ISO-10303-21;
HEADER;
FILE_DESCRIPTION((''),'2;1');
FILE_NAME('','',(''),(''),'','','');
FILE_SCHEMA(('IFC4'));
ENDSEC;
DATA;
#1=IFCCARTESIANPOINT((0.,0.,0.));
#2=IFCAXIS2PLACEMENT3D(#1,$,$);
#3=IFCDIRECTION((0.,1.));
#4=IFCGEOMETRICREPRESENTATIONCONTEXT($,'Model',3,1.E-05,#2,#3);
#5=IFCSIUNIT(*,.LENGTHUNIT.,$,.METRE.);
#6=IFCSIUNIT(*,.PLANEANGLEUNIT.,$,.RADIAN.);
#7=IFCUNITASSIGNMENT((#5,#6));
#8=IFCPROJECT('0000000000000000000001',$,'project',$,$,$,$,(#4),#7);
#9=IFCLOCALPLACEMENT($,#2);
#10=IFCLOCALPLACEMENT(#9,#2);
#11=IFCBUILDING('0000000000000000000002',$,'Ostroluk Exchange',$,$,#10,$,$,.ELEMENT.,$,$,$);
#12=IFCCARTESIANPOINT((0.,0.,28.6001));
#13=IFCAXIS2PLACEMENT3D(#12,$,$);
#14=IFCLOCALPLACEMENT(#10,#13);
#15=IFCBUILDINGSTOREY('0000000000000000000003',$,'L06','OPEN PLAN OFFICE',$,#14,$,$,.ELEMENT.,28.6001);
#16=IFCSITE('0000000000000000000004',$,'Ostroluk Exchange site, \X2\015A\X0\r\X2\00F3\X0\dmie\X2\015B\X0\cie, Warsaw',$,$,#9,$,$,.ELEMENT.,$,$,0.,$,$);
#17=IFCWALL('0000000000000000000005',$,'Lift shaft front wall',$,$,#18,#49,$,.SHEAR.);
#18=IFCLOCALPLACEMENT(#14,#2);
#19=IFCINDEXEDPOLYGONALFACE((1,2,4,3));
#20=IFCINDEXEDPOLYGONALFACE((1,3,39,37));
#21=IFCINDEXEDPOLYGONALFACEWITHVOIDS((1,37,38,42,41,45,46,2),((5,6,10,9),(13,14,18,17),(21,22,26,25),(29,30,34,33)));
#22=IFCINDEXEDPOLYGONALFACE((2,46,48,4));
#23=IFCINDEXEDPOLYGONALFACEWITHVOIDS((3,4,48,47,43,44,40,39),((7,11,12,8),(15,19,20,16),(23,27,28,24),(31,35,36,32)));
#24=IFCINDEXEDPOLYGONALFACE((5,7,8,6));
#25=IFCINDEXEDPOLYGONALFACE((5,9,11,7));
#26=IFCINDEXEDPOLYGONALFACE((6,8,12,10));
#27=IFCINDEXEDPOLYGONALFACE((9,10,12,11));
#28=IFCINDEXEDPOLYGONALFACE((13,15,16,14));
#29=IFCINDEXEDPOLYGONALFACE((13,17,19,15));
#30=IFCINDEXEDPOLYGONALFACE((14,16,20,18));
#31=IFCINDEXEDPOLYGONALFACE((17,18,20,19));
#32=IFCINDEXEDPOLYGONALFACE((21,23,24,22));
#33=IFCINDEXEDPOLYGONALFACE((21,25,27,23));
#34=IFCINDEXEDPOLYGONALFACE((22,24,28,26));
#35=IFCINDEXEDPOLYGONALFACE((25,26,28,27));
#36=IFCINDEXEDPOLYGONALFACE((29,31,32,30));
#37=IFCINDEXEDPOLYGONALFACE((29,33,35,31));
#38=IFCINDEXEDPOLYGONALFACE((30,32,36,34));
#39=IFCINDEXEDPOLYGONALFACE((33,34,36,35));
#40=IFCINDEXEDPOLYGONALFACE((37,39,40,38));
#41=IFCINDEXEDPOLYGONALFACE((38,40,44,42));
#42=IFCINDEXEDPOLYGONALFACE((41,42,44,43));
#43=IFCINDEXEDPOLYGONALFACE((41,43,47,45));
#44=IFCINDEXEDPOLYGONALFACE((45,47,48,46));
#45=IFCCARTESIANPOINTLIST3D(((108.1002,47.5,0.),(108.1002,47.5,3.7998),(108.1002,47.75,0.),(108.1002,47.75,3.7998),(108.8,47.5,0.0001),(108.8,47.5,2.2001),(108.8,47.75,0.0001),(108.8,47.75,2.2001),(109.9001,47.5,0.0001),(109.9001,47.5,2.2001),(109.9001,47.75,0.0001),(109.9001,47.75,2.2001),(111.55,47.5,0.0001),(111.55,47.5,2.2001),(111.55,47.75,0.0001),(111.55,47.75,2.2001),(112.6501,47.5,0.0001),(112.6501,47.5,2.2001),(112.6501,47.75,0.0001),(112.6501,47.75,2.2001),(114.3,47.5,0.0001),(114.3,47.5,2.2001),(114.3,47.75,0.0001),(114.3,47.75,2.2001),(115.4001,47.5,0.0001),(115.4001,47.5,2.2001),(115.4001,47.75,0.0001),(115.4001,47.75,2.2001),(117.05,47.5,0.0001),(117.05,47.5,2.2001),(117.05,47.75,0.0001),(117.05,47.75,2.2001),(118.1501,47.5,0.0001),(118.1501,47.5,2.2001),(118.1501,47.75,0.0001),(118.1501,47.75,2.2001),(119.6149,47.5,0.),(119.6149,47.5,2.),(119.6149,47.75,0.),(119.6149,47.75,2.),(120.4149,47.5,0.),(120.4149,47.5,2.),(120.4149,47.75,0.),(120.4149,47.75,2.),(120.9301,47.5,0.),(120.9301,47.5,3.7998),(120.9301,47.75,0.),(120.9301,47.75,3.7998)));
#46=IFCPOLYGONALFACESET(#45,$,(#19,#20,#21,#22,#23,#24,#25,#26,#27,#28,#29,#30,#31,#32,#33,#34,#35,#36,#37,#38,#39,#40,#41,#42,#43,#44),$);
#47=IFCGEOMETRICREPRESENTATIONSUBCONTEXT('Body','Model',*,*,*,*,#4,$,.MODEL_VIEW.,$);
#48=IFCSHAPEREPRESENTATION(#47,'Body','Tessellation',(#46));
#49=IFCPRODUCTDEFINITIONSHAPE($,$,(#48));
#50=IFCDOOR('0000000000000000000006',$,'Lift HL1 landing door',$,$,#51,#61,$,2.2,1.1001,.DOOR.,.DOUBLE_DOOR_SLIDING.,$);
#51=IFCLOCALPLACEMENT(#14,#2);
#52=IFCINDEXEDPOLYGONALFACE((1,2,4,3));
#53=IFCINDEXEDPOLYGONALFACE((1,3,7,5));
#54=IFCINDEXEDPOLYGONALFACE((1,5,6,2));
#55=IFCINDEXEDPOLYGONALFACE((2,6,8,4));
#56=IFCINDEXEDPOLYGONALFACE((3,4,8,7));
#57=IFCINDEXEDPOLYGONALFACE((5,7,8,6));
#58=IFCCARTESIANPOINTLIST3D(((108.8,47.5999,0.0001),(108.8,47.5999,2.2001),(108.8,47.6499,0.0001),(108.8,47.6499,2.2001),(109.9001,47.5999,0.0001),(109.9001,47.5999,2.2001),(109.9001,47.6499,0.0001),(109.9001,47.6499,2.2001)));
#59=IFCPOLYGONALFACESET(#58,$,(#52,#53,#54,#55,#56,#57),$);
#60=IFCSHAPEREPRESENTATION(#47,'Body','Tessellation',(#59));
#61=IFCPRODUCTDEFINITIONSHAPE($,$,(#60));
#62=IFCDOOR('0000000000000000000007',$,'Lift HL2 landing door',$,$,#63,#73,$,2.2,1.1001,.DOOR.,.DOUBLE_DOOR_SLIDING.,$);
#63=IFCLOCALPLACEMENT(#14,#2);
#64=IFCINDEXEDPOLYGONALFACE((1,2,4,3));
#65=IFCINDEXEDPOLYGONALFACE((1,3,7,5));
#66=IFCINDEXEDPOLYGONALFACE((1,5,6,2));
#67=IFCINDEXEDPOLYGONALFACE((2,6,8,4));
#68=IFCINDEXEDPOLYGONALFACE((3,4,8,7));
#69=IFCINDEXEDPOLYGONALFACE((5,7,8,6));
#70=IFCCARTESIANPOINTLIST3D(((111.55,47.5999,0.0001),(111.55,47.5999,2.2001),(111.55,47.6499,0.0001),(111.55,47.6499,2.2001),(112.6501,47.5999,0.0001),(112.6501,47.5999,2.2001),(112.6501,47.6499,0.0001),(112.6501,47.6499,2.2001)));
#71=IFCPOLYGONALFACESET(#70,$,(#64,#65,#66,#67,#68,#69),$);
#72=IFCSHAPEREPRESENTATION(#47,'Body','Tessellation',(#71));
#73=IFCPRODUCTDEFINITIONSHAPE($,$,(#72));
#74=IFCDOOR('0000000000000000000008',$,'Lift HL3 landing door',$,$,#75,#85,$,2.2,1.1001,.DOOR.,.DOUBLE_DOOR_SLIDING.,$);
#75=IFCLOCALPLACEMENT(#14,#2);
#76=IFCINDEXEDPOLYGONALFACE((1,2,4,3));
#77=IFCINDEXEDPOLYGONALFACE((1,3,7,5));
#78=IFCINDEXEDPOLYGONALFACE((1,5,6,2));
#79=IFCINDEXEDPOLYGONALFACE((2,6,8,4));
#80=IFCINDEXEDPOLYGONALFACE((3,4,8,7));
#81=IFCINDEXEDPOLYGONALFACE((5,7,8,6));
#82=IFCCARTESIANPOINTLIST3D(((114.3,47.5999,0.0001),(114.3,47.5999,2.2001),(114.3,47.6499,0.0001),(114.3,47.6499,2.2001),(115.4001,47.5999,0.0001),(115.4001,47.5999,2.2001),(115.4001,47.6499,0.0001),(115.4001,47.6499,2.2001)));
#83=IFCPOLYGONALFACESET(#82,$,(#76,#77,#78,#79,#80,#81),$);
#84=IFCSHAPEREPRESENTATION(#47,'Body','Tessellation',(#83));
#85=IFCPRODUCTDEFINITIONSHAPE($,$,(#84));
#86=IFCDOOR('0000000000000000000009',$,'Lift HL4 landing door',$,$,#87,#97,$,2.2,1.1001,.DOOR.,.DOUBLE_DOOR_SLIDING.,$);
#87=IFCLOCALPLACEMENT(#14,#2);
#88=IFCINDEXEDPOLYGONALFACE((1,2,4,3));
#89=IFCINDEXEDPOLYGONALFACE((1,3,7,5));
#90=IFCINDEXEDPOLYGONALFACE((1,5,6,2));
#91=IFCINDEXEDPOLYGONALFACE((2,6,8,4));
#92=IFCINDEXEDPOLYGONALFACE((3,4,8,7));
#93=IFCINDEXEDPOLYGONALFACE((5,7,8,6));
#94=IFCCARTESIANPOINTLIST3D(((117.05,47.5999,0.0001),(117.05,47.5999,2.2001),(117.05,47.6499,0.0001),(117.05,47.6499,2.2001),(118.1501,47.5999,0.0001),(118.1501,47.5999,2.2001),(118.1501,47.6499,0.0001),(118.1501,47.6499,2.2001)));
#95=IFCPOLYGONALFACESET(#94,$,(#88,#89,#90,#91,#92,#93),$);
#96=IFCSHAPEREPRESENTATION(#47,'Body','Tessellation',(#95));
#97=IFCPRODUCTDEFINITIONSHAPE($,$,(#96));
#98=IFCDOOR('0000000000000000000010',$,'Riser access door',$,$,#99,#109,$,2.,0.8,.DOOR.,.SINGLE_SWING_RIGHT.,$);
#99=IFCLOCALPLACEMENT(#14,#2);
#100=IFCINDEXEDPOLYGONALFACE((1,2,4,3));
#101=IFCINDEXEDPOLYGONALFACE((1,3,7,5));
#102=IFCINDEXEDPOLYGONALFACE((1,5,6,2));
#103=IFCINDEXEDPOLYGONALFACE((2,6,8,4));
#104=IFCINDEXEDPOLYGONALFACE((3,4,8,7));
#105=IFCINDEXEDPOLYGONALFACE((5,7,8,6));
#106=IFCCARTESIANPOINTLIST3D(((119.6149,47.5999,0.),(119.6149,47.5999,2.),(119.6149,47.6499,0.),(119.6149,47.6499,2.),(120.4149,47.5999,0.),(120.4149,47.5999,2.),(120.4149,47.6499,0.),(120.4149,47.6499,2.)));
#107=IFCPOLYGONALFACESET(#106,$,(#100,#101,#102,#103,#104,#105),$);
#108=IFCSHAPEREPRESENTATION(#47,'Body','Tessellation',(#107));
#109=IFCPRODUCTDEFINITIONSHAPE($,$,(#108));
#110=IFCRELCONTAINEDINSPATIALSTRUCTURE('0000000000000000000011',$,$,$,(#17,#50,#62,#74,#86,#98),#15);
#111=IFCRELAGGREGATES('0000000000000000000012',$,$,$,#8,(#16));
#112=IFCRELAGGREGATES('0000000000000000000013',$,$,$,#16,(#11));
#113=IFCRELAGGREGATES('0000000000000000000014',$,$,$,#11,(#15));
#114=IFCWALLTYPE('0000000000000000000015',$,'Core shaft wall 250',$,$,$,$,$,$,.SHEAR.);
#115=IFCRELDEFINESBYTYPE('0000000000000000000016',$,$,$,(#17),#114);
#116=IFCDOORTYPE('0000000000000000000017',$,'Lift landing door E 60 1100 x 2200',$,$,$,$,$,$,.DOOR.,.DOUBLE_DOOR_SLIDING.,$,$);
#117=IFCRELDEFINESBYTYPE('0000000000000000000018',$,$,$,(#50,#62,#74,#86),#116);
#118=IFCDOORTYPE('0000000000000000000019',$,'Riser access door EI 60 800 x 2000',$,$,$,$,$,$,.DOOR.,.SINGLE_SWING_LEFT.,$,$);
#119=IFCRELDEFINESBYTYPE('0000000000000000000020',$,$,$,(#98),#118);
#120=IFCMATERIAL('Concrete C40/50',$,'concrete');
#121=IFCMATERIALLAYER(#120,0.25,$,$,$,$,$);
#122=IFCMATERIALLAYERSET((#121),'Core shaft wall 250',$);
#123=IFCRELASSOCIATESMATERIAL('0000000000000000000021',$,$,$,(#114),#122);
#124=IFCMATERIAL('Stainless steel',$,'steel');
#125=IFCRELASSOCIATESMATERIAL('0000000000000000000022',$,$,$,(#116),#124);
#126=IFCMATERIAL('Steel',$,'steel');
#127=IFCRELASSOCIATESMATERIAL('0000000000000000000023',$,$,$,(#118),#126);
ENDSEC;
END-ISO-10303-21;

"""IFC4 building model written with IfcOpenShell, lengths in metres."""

from ifc_helpers import new_model, si_unit, direction, frame, frame_2d, origin, place, context, subcontext, project, spatial, rectangle, extrude, material, layer, layer_set, type_object, element, fill, save


model = new_model("IFC4")

# Units and contexts
model_context = context("Model", 3, precision=1e-05, world=origin(), true_north=direction((0.0, 1.0)))
body_context = subcontext(model_context, "Body", "Model", "MODEL_VIEW")
ifc_project = project(units=[si_unit("LENGTHUNIT", "METRE"), si_unit("PLANEANGLEUNIT", "RADIAN")], contexts=[model_context])

# Site, building, storey
site_placement = place(None, origin())
site = spatial("IfcSite", under=ifc_project, at=site_placement, Name="Ostroluk Exchange site, Śródmieście, Warsaw", CompositionType="ELEMENT", RefElevation=0.0)
building_placement = place(site_placement, origin())
building = spatial("IfcBuilding", under=site, at=building_placement, Name="Ostroluk Exchange", CompositionType="ELEMENT")
storey_placement = place(building_placement, frame((0.0, 0.0, 28.6001)))
storey = spatial("IfcBuildingStorey", under=building, at=storey_placement, Name="L06", Description="OPEN PLAN OFFICE", CompositionType="ELEMENT", Elevation=28.6001)

# Wall, openings, doors
ifc_material_1 = material(Name="Concrete C40/50", Category="concrete")
ifc_layer_1 = layer(ifc_material_1, 0.25)
ifc_layer_set_1 = layer_set([ifc_layer_1], Name="Core shaft wall 250")
wall_type_1 = type_object("IfcWallType", Name="Core shaft wall 250", PredefinedType="SHEAR", material=ifc_layer_set_1)
wall_1_placement = place(storey_placement, frame((108.1001, 47.625, 0.0), z_axis=(0.0, 0.0, 1.0), x_axis=(1.0, 0.0, 0.0)))
wall_1 = element("IfcWall", 1, at=wall_1_placement, inside=storey, type_object=wall_type_1, Name="Lift shaft front wall", PredefinedType="SHEAR", context=body_context, shape_type="SweptSolid", body=[
    extrude(rectangle(XDim=12.8298, YDim=0.25, at=frame_2d((6.415, 0.0))), origin(), (0.0, 0.0, 1.0), 3.7998),
])
opening_1_placement = place(wall_1_placement, frame((0.7, 0.0, 0.0)))
opening_1 = element("IfcOpeningElement", 2, at=opening_1_placement, cuts=wall_1, PredefinedType="OPENING", context=body_context, shape_type="SweptSolid", body=[
    extrude(rectangle(XDim=1.1001, YDim=2.2, at=frame_2d((0.55, 1.1001))), frame((0.0, 0.135, 0.0), z_axis=(0.0, -1.0, 0.0), x_axis=(1.0, 0.0, 0.0)), (0.0, 0.0, 1.0), 0.27),
])
opening_2_placement = place(wall_1_placement, frame((3.45, 0.0, 0.0)))
opening_2 = element("IfcOpeningElement", 3, at=opening_2_placement, cuts=wall_1, PredefinedType="OPENING", context=body_context, shape_type="SweptSolid", body=[
    extrude(rectangle(XDim=1.1001, YDim=2.2, at=frame_2d((0.55, 1.1001))), frame((0.0, 0.135, 0.0), z_axis=(0.0, -1.0, 0.0), x_axis=(1.0, 0.0, 0.0)), (0.0, 0.0, 1.0), 0.27),
])
opening_3_placement = place(wall_1_placement, frame((6.2, 0.0, 0.0)))
opening_3 = element("IfcOpeningElement", 4, at=opening_3_placement, cuts=wall_1, PredefinedType="OPENING", context=body_context, shape_type="SweptSolid", body=[
    extrude(rectangle(XDim=1.1001, YDim=2.2, at=frame_2d((0.55, 1.1001))), frame((0.0, 0.135, 0.0), z_axis=(0.0, -1.0, 0.0), x_axis=(1.0, 0.0, 0.0)), (0.0, 0.0, 1.0), 0.27),
])
opening_4_placement = place(wall_1_placement, frame((8.95, 0.0, 0.0)))
opening_4 = element("IfcOpeningElement", 5, at=opening_4_placement, cuts=wall_1, PredefinedType="OPENING", context=body_context, shape_type="SweptSolid", body=[
    extrude(rectangle(XDim=1.1001, YDim=2.2, at=frame_2d((0.55, 1.1001))), frame((0.0, 0.135, 0.0), z_axis=(0.0, -1.0, 0.0), x_axis=(1.0, 0.0, 0.0)), (0.0, 0.0, 1.0), 0.27),
])
opening_5_placement = place(wall_1_placement, frame((11.5149, 0.0, 0.0)))
opening_5 = element("IfcOpeningElement", 6, at=opening_5_placement, cuts=wall_1, PredefinedType="OPENING", context=body_context, shape_type="SweptSolid", body=[
    extrude(rectangle(XDim=0.8, YDim=2.0, at=frame_2d((0.3999, 1.0))), frame((0.0, 0.135, 0.0), z_axis=(0.0, -1.0, 0.0), x_axis=(1.0, 0.0, 0.0)), (0.0, 0.0, 1.0), 0.27),
])
ifc_material_2 = material(Name="Stainless steel", Category="steel")
door_type_1 = type_object("IfcDoorType", Name="Lift landing door E 60 1100 x 2200", OperationType="DOUBLE_DOOR_SLIDING", PredefinedType="DOOR", material=ifc_material_2)
door_1_placement = place(opening_1_placement, origin())
door_1 = element("IfcDoor", 7, at=door_1_placement, inside=storey, type_object=door_type_1, Name="Lift HL1 landing door", OperationType="DOUBLE_DOOR_SLIDING", OverallHeight=2.2, OverallWidth=1.1001, PredefinedType="DOOR", context=body_context, shape_type="SweptSolid", body=[
    extrude(rectangle(XDim=1.1001, YDim=2.2, at=frame_2d((0.55, 1.1001))), frame((0.0, 0.0249, 0.0), z_axis=(0.0, -1.0, 0.0), x_axis=(1.0, 0.0, 0.0)), (0.0, 0.0, 1.0), 0.05),
])
fill(opening_1, door_1)
door_2_placement = place(opening_2_placement, origin())
door_2 = element("IfcDoor", 8, at=door_2_placement, inside=storey, type_object=door_type_1, Name="Lift HL2 landing door", OperationType="DOUBLE_DOOR_SLIDING", OverallHeight=2.2, OverallWidth=1.1001, PredefinedType="DOOR", context=body_context, shape_type="SweptSolid", body=[
    extrude(rectangle(XDim=1.1001, YDim=2.2, at=frame_2d((0.55, 1.1001))), frame((0.0, 0.0249, 0.0), z_axis=(0.0, -1.0, 0.0), x_axis=(1.0, 0.0, 0.0)), (0.0, 0.0, 1.0), 0.05),
])
fill(opening_2, door_2)
door_3_placement = place(opening_3_placement, origin())
door_3 = element("IfcDoor", 9, at=door_3_placement, inside=storey, type_object=door_type_1, Name="Lift HL3 landing door", OperationType="DOUBLE_DOOR_SLIDING", OverallHeight=2.2, OverallWidth=1.1001, PredefinedType="DOOR", context=body_context, shape_type="SweptSolid", body=[
    extrude(rectangle(XDim=1.1001, YDim=2.2, at=frame_2d((0.55, 1.1001))), frame((0.0, 0.0249, 0.0), z_axis=(0.0, -1.0, 0.0), x_axis=(1.0, 0.0, 0.0)), (0.0, 0.0, 1.0), 0.05),
])
fill(opening_3, door_3)
door_4_placement = place(opening_4_placement, origin())
door_4 = element("IfcDoor", 10, at=door_4_placement, inside=storey, type_object=door_type_1, Name="Lift HL4 landing door", OperationType="DOUBLE_DOOR_SLIDING", OverallHeight=2.2, OverallWidth=1.1001, PredefinedType="DOOR", context=body_context, shape_type="SweptSolid", body=[
    extrude(rectangle(XDim=1.1001, YDim=2.2, at=frame_2d((0.55, 1.1001))), frame((0.0, 0.0249, 0.0), z_axis=(0.0, -1.0, 0.0), x_axis=(1.0, 0.0, 0.0)), (0.0, 0.0, 1.0), 0.05),
])
fill(opening_4, door_4)
ifc_material_3 = material(Name="Steel", Category="steel")
door_type_2 = type_object("IfcDoorType", Name="Riser access door EI 60 800 x 2000", OperationType="SINGLE_SWING_LEFT", PredefinedType="DOOR", material=ifc_material_3)
door_5_placement = place(opening_5_placement, origin())
door_5 = element("IfcDoor", 11, at=door_5_placement, inside=storey, type_object=door_type_2, Name="Riser access door", OperationType="SINGLE_SWING_RIGHT", OverallHeight=2.0, OverallWidth=0.8, PredefinedType="DOOR", context=body_context, shape_type="SweptSolid", body=[
    extrude(rectangle(XDim=0.8, YDim=2.0, at=frame_2d((0.3999, 1.0))), frame((0.0, 0.0249, 0.0), z_axis=(0.0, -1.0, 0.0), x_axis=(1.0, 0.0, 0.0)), (0.0, 0.0, 1.0), 0.05),
])
fill(opening_5, door_5)

save(model, "model.ifc")
